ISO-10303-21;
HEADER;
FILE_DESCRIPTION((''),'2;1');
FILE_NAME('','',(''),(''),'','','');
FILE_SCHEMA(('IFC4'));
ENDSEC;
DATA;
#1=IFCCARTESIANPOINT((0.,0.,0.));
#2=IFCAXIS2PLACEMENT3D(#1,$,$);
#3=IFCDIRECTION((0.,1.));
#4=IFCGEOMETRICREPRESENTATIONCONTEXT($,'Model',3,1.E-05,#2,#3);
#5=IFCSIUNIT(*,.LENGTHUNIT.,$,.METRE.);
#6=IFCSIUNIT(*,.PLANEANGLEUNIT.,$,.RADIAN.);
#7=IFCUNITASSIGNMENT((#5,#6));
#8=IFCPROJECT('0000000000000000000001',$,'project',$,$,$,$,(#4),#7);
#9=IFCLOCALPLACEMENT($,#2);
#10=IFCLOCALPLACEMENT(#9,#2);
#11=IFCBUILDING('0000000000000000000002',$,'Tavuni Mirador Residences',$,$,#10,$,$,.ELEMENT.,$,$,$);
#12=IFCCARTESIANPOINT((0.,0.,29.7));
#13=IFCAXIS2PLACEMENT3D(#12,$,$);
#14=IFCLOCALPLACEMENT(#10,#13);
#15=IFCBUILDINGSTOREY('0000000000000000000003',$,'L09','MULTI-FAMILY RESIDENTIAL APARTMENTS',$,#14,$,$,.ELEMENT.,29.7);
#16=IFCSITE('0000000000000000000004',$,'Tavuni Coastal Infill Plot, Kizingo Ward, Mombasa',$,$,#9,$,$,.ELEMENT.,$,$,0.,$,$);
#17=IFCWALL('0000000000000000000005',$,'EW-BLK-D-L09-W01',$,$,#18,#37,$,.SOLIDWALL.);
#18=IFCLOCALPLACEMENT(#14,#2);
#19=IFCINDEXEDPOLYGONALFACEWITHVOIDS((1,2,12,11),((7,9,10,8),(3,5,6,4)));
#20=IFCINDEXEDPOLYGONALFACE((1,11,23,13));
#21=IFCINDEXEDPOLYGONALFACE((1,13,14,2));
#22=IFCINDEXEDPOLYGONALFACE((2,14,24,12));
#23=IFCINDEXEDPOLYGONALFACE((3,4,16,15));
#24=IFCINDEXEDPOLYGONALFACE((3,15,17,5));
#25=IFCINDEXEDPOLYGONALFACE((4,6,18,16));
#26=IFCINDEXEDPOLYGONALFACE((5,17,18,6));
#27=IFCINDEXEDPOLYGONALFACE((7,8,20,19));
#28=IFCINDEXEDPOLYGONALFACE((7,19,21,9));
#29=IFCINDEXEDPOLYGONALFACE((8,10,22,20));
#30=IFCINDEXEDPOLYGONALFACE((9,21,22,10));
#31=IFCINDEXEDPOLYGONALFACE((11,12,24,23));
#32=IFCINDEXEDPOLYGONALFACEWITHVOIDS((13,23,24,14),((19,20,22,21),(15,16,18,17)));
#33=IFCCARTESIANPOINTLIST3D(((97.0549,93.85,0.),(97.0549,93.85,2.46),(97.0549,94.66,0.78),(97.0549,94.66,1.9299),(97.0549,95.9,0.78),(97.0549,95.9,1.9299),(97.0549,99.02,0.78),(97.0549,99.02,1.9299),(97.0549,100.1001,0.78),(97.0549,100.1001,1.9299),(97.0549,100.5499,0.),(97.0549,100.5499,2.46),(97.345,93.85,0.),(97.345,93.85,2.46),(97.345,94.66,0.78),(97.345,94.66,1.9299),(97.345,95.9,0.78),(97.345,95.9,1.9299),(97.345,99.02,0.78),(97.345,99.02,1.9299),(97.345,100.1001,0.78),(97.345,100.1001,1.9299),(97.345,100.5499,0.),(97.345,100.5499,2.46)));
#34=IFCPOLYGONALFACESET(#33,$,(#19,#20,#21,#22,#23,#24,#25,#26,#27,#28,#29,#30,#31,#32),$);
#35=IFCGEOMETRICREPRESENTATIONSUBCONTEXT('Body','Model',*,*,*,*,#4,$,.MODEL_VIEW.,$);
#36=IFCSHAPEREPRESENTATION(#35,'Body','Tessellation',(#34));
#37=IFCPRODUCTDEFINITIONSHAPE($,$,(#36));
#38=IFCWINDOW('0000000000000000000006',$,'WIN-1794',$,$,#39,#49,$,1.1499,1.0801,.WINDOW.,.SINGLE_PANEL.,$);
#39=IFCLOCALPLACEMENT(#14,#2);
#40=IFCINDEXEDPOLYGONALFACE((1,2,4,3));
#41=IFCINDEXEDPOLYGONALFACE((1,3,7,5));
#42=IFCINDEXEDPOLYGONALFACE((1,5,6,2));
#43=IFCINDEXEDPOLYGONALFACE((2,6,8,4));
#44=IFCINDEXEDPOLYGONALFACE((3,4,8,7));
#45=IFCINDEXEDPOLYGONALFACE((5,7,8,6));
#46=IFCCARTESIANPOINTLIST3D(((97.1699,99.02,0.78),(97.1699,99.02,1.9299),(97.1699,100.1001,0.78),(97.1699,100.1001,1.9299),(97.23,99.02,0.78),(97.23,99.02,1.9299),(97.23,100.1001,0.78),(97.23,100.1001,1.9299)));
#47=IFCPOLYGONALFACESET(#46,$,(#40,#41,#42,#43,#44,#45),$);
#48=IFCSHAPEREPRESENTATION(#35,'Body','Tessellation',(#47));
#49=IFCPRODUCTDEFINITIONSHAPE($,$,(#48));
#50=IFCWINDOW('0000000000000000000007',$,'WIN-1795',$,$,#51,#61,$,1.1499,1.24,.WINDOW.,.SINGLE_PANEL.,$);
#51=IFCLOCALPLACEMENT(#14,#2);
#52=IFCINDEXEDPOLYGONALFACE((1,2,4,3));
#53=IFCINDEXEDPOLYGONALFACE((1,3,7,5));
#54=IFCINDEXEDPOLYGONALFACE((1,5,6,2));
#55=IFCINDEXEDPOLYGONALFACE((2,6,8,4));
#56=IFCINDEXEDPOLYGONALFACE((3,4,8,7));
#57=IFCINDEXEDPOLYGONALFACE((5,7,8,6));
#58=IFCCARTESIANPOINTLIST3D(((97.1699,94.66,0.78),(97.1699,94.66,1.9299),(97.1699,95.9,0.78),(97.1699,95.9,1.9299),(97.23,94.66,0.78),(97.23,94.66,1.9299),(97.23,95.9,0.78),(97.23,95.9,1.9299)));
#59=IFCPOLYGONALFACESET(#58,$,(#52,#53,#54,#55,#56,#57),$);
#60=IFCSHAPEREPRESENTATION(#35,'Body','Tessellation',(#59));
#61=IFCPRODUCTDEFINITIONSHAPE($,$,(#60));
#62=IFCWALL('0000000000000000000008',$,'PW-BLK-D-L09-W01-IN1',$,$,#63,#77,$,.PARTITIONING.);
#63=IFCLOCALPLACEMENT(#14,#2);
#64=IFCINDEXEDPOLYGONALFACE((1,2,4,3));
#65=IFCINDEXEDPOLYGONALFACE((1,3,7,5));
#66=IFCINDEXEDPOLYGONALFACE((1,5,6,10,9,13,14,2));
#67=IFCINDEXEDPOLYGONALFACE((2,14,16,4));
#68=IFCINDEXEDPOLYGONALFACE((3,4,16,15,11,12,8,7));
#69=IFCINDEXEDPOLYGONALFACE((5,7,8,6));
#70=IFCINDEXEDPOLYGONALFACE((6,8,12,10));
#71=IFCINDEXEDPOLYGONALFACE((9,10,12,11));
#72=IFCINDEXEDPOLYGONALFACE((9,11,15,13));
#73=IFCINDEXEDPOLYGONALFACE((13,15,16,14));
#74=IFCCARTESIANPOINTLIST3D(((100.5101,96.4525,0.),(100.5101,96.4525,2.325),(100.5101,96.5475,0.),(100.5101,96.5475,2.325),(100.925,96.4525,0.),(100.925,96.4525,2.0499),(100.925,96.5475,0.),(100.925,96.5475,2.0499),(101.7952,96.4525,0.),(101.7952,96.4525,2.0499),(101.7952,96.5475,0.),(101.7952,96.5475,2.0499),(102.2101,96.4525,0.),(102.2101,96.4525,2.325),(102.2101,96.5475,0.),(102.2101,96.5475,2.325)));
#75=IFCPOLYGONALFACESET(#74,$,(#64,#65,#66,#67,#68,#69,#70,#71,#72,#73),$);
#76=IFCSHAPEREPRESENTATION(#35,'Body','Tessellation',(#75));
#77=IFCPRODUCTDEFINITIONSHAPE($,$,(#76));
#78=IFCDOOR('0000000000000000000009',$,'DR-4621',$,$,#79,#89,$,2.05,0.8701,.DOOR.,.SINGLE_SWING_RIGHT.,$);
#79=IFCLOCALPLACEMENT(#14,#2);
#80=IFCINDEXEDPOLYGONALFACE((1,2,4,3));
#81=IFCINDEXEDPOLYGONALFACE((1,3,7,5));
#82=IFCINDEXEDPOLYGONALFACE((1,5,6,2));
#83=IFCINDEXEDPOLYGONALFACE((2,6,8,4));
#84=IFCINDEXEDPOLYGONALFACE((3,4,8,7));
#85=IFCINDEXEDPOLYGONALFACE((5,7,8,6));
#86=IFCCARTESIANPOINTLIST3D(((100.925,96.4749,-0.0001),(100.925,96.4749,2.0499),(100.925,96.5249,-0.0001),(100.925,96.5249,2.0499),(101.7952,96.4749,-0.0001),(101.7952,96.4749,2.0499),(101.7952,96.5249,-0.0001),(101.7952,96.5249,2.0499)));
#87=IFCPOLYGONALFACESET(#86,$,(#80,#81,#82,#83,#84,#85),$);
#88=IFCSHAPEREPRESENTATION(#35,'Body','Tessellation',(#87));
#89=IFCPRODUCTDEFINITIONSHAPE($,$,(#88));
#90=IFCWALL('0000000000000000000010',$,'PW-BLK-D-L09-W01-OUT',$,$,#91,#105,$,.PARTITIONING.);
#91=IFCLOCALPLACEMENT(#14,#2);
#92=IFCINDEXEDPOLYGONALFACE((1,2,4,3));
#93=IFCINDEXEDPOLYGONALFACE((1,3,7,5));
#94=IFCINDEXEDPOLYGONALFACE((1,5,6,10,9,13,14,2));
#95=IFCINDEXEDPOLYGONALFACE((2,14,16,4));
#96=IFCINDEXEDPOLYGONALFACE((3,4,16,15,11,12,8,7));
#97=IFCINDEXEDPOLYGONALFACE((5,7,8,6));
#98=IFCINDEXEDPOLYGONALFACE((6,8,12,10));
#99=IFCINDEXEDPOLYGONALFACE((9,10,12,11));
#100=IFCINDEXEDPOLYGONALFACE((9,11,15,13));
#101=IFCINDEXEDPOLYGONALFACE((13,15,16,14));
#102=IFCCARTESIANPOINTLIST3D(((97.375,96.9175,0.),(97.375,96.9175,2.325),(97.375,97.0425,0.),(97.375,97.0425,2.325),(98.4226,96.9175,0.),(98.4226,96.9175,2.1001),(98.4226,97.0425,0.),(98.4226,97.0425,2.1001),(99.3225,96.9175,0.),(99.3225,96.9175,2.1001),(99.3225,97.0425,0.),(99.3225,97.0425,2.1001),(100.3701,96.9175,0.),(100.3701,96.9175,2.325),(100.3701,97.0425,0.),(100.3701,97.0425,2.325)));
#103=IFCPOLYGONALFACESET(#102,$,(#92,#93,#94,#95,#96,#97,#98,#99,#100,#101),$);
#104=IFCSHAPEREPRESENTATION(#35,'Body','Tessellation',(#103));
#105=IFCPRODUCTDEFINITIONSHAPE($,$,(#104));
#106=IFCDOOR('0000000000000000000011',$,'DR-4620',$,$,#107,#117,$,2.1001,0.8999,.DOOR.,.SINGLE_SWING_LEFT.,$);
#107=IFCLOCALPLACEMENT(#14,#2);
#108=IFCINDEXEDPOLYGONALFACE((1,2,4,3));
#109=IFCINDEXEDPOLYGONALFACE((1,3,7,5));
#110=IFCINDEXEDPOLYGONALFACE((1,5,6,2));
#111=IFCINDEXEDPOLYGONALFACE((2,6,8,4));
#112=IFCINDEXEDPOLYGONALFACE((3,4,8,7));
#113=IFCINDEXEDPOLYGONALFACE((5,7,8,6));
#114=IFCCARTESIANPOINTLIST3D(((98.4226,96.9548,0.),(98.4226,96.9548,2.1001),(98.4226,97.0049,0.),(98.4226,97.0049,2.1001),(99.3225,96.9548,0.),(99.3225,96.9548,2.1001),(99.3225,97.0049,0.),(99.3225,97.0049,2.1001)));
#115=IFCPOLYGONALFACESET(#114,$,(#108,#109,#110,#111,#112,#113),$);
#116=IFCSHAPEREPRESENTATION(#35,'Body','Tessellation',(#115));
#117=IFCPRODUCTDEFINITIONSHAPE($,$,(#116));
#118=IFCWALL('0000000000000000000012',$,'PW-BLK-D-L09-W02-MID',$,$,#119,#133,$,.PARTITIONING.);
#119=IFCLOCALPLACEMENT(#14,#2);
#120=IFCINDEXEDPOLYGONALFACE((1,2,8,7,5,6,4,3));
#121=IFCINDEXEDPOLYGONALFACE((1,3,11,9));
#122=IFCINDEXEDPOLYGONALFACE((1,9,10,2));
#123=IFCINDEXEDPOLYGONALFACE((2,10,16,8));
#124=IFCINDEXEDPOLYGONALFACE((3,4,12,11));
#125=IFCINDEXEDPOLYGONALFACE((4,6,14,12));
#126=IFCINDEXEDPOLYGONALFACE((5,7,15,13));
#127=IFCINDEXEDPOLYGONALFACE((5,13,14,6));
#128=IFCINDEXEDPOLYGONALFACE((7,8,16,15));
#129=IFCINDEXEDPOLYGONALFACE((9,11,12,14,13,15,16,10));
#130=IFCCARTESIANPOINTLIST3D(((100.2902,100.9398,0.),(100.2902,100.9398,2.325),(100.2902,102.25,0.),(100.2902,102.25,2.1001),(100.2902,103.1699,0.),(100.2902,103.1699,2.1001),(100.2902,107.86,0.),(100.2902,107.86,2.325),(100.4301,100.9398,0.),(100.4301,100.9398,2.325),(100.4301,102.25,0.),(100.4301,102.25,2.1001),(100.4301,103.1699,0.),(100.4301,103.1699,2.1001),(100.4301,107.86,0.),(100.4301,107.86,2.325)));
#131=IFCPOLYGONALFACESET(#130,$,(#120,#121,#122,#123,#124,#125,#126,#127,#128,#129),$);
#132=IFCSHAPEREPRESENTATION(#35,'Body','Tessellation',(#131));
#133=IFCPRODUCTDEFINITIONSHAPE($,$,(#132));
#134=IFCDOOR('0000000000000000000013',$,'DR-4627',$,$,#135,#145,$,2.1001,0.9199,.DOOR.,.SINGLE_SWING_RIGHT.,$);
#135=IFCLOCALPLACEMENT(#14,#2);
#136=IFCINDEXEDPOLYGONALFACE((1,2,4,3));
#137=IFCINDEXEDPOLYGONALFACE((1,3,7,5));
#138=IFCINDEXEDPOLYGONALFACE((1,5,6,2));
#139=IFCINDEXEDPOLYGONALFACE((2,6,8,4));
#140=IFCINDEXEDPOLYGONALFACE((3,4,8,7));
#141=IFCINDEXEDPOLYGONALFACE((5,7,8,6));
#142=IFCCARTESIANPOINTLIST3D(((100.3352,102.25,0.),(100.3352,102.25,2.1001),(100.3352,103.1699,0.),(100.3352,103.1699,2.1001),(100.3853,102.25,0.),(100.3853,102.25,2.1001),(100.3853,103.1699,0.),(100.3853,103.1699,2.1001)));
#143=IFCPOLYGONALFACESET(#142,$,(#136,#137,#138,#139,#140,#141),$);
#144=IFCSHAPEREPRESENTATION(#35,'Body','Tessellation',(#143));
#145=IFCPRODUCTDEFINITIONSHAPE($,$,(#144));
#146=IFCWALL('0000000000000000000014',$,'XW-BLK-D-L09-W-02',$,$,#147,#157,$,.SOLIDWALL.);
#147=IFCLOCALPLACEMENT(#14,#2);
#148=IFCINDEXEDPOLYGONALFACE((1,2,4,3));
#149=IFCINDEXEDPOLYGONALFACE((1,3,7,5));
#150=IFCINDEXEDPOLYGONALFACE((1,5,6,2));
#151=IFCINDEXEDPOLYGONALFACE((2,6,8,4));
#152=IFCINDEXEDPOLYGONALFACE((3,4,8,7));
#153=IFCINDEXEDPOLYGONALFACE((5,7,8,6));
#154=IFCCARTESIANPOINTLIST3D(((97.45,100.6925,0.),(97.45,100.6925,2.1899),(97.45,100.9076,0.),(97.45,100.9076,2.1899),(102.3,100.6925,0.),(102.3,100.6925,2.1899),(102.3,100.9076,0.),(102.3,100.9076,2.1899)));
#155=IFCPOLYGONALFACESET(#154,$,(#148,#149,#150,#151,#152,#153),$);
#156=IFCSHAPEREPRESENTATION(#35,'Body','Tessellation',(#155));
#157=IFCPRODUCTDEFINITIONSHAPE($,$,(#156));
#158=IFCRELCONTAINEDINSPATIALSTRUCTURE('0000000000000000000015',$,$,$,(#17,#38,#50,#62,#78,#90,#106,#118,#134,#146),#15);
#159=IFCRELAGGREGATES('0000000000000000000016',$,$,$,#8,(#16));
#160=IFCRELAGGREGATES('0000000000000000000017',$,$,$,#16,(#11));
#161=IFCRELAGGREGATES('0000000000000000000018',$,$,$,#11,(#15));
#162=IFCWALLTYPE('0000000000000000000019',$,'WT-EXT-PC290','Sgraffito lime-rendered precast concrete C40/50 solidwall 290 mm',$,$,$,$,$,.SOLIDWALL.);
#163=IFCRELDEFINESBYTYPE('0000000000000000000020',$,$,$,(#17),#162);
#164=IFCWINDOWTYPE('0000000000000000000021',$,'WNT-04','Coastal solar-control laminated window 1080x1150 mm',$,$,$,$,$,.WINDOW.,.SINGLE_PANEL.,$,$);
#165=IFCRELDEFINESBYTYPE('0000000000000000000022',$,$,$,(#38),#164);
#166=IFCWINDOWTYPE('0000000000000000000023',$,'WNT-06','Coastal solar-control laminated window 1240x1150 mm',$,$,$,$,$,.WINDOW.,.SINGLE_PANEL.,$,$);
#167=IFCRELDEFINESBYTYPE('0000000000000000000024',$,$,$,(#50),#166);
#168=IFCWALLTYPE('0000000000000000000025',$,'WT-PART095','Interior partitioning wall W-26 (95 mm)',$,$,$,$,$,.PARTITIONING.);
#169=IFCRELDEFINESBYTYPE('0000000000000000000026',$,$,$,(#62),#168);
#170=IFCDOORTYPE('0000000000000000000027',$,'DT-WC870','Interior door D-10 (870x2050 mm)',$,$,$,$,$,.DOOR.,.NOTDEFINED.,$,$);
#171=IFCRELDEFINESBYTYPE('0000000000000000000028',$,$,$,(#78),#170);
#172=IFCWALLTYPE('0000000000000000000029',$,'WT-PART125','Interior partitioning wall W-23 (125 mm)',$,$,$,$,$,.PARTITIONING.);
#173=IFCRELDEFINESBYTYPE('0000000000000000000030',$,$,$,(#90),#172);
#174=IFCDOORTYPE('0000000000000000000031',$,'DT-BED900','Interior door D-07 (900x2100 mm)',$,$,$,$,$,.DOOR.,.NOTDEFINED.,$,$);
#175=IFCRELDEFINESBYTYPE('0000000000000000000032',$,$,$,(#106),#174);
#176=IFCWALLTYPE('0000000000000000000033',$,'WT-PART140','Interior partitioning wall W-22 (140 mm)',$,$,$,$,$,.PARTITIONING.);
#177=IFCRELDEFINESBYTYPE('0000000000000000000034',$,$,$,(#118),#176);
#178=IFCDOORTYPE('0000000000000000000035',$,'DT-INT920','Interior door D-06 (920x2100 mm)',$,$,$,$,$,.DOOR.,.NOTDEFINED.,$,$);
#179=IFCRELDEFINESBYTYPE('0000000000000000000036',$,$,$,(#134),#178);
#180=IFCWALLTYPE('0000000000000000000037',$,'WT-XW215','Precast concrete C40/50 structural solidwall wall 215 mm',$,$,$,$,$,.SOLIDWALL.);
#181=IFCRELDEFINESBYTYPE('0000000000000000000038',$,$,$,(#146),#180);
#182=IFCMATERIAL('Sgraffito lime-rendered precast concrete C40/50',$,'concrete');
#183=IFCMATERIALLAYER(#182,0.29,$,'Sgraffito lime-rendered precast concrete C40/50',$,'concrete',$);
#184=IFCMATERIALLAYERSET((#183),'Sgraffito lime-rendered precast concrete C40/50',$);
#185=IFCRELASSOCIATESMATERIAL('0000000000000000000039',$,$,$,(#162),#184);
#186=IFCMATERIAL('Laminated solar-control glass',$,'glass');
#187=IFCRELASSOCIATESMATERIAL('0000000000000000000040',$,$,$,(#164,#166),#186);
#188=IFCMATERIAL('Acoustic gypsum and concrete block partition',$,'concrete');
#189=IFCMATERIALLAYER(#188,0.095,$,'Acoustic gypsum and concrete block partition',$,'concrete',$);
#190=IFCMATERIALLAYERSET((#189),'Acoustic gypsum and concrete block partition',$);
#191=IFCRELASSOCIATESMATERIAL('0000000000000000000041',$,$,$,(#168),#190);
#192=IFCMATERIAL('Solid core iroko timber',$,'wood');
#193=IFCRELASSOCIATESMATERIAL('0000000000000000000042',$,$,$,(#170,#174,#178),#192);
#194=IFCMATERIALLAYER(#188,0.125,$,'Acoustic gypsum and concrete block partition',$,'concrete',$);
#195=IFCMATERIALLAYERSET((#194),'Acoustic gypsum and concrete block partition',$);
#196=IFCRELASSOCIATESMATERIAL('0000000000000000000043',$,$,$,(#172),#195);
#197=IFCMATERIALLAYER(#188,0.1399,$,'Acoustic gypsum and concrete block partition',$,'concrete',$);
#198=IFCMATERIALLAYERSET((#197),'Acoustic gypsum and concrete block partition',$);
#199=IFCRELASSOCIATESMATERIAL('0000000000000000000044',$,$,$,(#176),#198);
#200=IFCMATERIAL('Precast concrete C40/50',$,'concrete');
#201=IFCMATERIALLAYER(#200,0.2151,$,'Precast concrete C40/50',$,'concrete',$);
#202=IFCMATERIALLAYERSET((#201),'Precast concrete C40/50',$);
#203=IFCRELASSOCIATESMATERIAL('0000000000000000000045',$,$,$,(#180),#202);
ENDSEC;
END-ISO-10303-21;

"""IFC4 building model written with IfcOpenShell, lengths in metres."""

from ifc_helpers import new_model, si_unit, direction, frame, frame_2d, origin, place, context, subcontext, project, spatial, rectangle, extrude, material, layer, layer_set, type_object, element, fill, save


model = new_model("IFC4")

# Units and contexts
model_context = context("Model", 3, precision=1e-05, world=origin(), true_north=direction((0.0, 1.0)))
body_context = subcontext(model_context, "Body", "Model", "MODEL_VIEW")
ifc_project = project(units=[si_unit("LENGTHUNIT", "METRE"), si_unit("PLANEANGLEUNIT", "RADIAN")], contexts=[model_context])

# Site, building, storey
site_placement = place(None, origin())
site = spatial("IfcSite", under=ifc_project, at=site_placement, Name="Tavuni Coastal Infill Plot, Kizingo Ward, Mombasa", CompositionType="ELEMENT", RefElevation=0.0)
building_placement = place(site_placement, origin())
building = spatial("IfcBuilding", under=site, at=building_placement, Name="Tavuni Mirador Residences", CompositionType="ELEMENT")
storey_placement = place(building_placement, frame((0.0, 0.0, 29.7)))
storey = spatial("IfcBuildingStorey", under=building, at=storey_placement, Name="L09", Description="MULTI-FAMILY RESIDENTIAL APARTMENTS", CompositionType="ELEMENT", Elevation=29.7)

# Shared definitions
ifc_material_1 = material(Name="Precast concrete C40/50", Category="concrete")

# Shared definitions
ifc_material_2 = material(Name="Solid core iroko timber", Category="wood")

# Wall, openings, windows
ifc_material_3 = material(Name="Sgraffito lime-rendered precast concrete C40/50", Category="concrete")
ifc_layer_1 = layer(ifc_material_3, 0.29, Name="Sgraffito lime-rendered precast concrete C40/50", Category="concrete")
ifc_layer_set_1 = layer_set([ifc_layer_1], Name="Sgraffito lime-rendered precast concrete C40/50")
wall_type_1 = type_object("IfcWallType", Name="WT-EXT-PC290", Description="Sgraffito lime-rendered precast concrete C40/50 solidwall 290 mm", PredefinedType="SOLIDWALL", material=ifc_layer_set_1)
wall_1_placement = place(storey_placement, frame((97.2, 100.55, 0.0), z_axis=(0.0, 0.0, 1.0), x_axis=(0.0, -1.0, 0.0)))
wall_1 = element("IfcWall", 1, at=wall_1_placement, inside=storey, type_object=wall_type_1, Name="EW-BLK-D-L09-W01", PredefinedType="SOLIDWALL", context=body_context, shape_type="SweptSolid", body=[
    extrude(rectangle(XDim=6.7, YDim=0.29, at=frame_2d((3.3501, 0.0))), origin(), (0.0, 0.0, 1.0), 2.46),
])
opening_1_placement = place(wall_1_placement, frame((0.45, 0.0, 0.78)))
opening_1 = element("IfcOpeningElement", 2, at=opening_1_placement, cuts=wall_1, PredefinedType="OPENING", context=body_context, shape_type="SweptSolid", body=[
    extrude(rectangle(XDim=1.0801, YDim=1.1499, at=frame_2d((0.54, 0.575))), frame((0.0, 0.155, 0.0), z_axis=(0.0, -1.0, 0.0), x_axis=(1.0, 0.0, 0.0)), (0.0, 0.0, 1.0), 0.3101),
])
opening_2_placement = place(wall_1_placement, frame((4.6499, 0.0, 0.78)))
opening_2 = element("IfcOpeningElement", 3, at=opening_2_placement, cuts=wall_1, PredefinedType="OPENING", context=body_context, shape_type="SweptSolid", body=[
    extrude(rectangle(XDim=1.24, YDim=1.1499, at=frame_2d((0.6201, 0.575))), frame((0.0, 0.155, 0.0), z_axis=(0.0, -1.0, 0.0), x_axis=(1.0, 0.0, 0.0)), (0.0, 0.0, 1.0), 0.3101),
])
ifc_material_4 = material(Name="Laminated solar-control glass", Category="glass")
window_type_1 = type_object("IfcWindowType", Name="WNT-04", Description="Coastal solar-control laminated window 1080x1150 mm", PartitioningType="SINGLE_PANEL", PredefinedType="WINDOW", material=ifc_material_4)
window_1_placement = place(opening_1_placement, origin())
window_1 = element("IfcWindow", 4, at=window_1_placement, inside=storey, type_object=window_type_1, Name="WIN-1794", OverallHeight=1.1499, OverallWidth=1.0801, PartitioningType="SINGLE_PANEL", PredefinedType="WINDOW", context=body_context, shape_type="SweptSolid", body=[
    extrude(rectangle(XDim=1.0801, YDim=1.1499, at=frame_2d((0.54, 0.575))), frame((0.0, 0.03, 0.0), z_axis=(0.0, -1.0, 0.0), x_axis=(1.0, 0.0, 0.0)), (0.0, 0.0, 1.0), 0.0601),
])
fill(opening_1, window_1)
window_type_2 = type_object("IfcWindowType", Name="WNT-06", Description="Coastal solar-control laminated window 1240x1150 mm", PartitioningType="SINGLE_PANEL", PredefinedType="WINDOW", material=ifc_material_4)
window_2_placement = place(opening_2_placement, origin())
window_2 = element("IfcWindow", 5, at=window_2_placement, inside=storey, type_object=window_type_2, Name="WIN-1795", OverallHeight=1.1499, OverallWidth=1.24, PartitioningType="SINGLE_PANEL", PredefinedType="WINDOW", context=body_context, shape_type="SweptSolid", body=[
    extrude(rectangle(XDim=1.24, YDim=1.1499, at=frame_2d((0.6201, 0.575))), frame((0.0, 0.03, 0.0), z_axis=(0.0, -1.0, 0.0), x_axis=(1.0, 0.0, 0.0)), (0.0, 0.0, 1.0), 0.0601),
])
fill(opening_2, window_2)

# Walls, openings, doors
ifc_material_5 = material(Name="Acoustic gypsum and concrete block partition", Category="concrete")
ifc_layer_2 = layer(ifc_material_5, 0.095, Name="Acoustic gypsum and concrete block partition", Category="concrete")
ifc_layer_set_2 = layer_set([ifc_layer_2], Name="Acoustic gypsum and concrete block partition")
wall_type_2 = type_object("IfcWallType", Name="WT-PART095", Description="Interior partitioning wall W-26 (95 mm)", PredefinedType="PARTITIONING", material=ifc_layer_set_2)
wall_2_placement = place(storey_placement, frame((100.51, 96.5, 0.0), z_axis=(0.0, 0.0, 1.0), x_axis=(1.0, 0.0, 0.0)))
wall_2 = element("IfcWall", 6, at=wall_2_placement, inside=storey, type_object=wall_type_2, Name="PW-BLK-D-L09-W01-IN1", PredefinedType="PARTITIONING", context=body_context, shape_type="SweptSolid", body=[
    extrude(rectangle(XDim=1.7, YDim=0.095, at=frame_2d((0.8501, 0.0))), origin(), (0.0, 0.0, 1.0), 2.325),
])
opening_3_placement = place(wall_2_placement, frame((0.415, 0.0, 0.0)))
opening_3 = element("IfcOpeningElement", 7, at=opening_3_placement, cuts=wall_2, PredefinedType="OPENING", context=body_context, shape_type="SweptSolid", body=[
    extrude(rectangle(XDim=0.8701, YDim=2.05, at=frame_2d((0.4351, 1.0249))), frame((0.0, 0.0576, 0.0), z_axis=(0.0, -1.0, 0.0), x_axis=(1.0, 0.0, 0.0)), (0.0, 0.0, 1.0), 0.115),
])
door_type_1 = type_object("IfcDoorType", Name="DT-WC870", Description="Interior door D-10 (870x2050 mm)", OperationType="NOTDEFINED", PredefinedType="DOOR", material=ifc_material_2)
door_1_placement = place(opening_3_placement, origin())
door_1 = element("IfcDoor", 8, at=door_1_placement, inside=storey, type_object=door_type_1, Name="DR-4621", OperationType="SINGLE_SWING_RIGHT", OverallHeight=2.05, OverallWidth=0.8701, PredefinedType="DOOR", context=body_context, shape_type="SweptSolid", body=[
    extrude(rectangle(XDim=0.8701, YDim=2.05, at=frame_2d((0.4351, 1.0249))), frame((0.0, 0.0249, 0.0), z_axis=(0.0, -1.0, 0.0), x_axis=(1.0, 0.0, 0.0)), (0.0, 0.0, 1.0), 0.05),
])
fill(opening_3, door_1)
ifc_layer_3 = layer(ifc_material_5, 0.125, Name="Acoustic gypsum and concrete block partition", Category="concrete")
ifc_layer_set_3 = layer_set([ifc_layer_3], Name="Acoustic gypsum and concrete block partition")
wall_type_3 = type_object("IfcWallType", Name="WT-PART125", Description="Interior partitioning wall W-23 (125 mm)", PredefinedType="PARTITIONING", material=ifc_layer_set_3)
wall_3_placement = place(storey_placement, frame((97.375, 96.98, 0.0), z_axis=(0.0, 0.0, 1.0), x_axis=(1.0, 0.0, 0.0)))
wall_3 = element("IfcWall", 9, at=wall_3_placement, inside=storey, type_object=wall_type_3, Name="PW-BLK-D-L09-W01-OUT", PredefinedType="PARTITIONING", context=body_context, shape_type="SweptSolid", body=[
    extrude(rectangle(XDim=2.9951, YDim=0.125, at=frame_2d((1.4976, 0.0))), origin(), (0.0, 0.0, 1.0), 2.325),
])
opening_4_placement = place(wall_3_placement, frame((1.0476, 0.0, 0.0)))
opening_4 = element("IfcOpeningElement", 10, at=opening_4_placement, cuts=wall_3, PredefinedType="OPENING", context=body_context, shape_type="SweptSolid", body=[
    extrude(rectangle(XDim=0.8999, YDim=2.1001, at=frame_2d((0.45, 1.05))), frame((0.0, 0.0725, 0.0), z_axis=(0.0, -1.0, 0.0), x_axis=(1.0, 0.0, 0.0)), (0.0, 0.0, 1.0), 0.145),
])
door_type_2 = type_object("IfcDoorType", Name="DT-BED900", Description="Interior door D-07 (900x2100 mm)", OperationType="NOTDEFINED", PredefinedType="DOOR", material=ifc_material_2)
door_2_placement = place(opening_4_placement, origin())
door_2 = element("IfcDoor", 11, at=door_2_placement, inside=storey, type_object=door_type_2, Name="DR-4620", OperationType="SINGLE_SWING_LEFT", OverallHeight=2.1001, OverallWidth=0.8999, PredefinedType="DOOR", context=body_context, shape_type="SweptSolid", body=[
    extrude(rectangle(XDim=0.8999, YDim=2.1001, at=frame_2d((0.45, 1.05))), frame((0.0, 0.0249, 0.0), z_axis=(0.0, -1.0, 0.0), x_axis=(1.0, 0.0, 0.0)), (0.0, 0.0, 1.0), 0.05),
])
fill(opening_4, door_2)
ifc_layer_4 = layer(ifc_material_5, 0.1399, Name="Acoustic gypsum and concrete block partition", Category="concrete")
ifc_layer_set_4 = layer_set([ifc_layer_4], Name="Acoustic gypsum and concrete block partition")
wall_type_4 = type_object("IfcWallType", Name="WT-PART140", Description="Interior partitioning wall W-22 (140 mm)", PredefinedType="PARTITIONING", material=ifc_layer_set_4)
wall_4_placement = place(storey_placement, frame((100.3601, 100.9399, 0.0), z_axis=(0.0, 0.0, 1.0), x_axis=(0.0, 1.0, 0.0)))
wall_4 = element("IfcWall", 12, at=wall_4_placement, inside=storey, type_object=wall_type_4, Name="PW-BLK-D-L09-W02-MID", PredefinedType="PARTITIONING", context=body_context, shape_type="SweptSolid", body=[
    extrude(rectangle(XDim=6.9202, YDim=0.1399, at=frame_2d((3.46, 0.0))), origin(), (0.0, 0.0, 1.0), 2.325),
])
opening_5_placement = place(wall_4_placement, frame((1.3101, 0.0, 0.0)))
opening_5 = element("IfcOpeningElement", 13, at=opening_5_placement, cuts=wall_4, PredefinedType="OPENING", context=body_context, shape_type="SweptSolid", body=[
    extrude(rectangle(XDim=0.9199, YDim=2.1001, at=frame_2d((0.46, 1.05))), frame((0.0, 0.0801, 0.0), z_axis=(0.0, -1.0, 0.0), x_axis=(1.0, 0.0, 0.0)), (0.0, 0.0, 1.0), 0.1599),
])
door_type_3 = type_object("IfcDoorType", Name="DT-INT920", Description="Interior door D-06 (920x2100 mm)", OperationType="NOTDEFINED", PredefinedType="DOOR", material=ifc_material_2)
door_3_placement = place(opening_5_placement, origin())
door_3 = element("IfcDoor", 14, at=door_3_placement, inside=storey, type_object=door_type_3, Name="DR-4627", OperationType="SINGLE_SWING_RIGHT", OverallHeight=2.1001, OverallWidth=0.9199, PredefinedType="DOOR", context=body_context, shape_type="SweptSolid", body=[
    extrude(rectangle(XDim=0.9199, YDim=2.1001, at=frame_2d((0.46, 1.05))), frame((0.0, 0.0249, 0.0), z_axis=(0.0, -1.0, 0.0), x_axis=(1.0, 0.0, 0.0)), (0.0, 0.0, 1.0), 0.05),
])
fill(opening_5, door_3)

# Wall
ifc_layer_5 = layer(ifc_material_1, 0.2151, Name="Precast concrete C40/50", Category="concrete")
ifc_layer_set_5 = layer_set([ifc_layer_5], Name="Precast concrete C40/50")
wall_type_5 = type_object("IfcWallType", Name="WT-XW215", Description="Precast concrete C40/50 structural solidwall wall 215 mm", PredefinedType="SOLIDWALL", material=ifc_layer_set_5)
wall_5_placement = place(storey_placement, frame((97.45, 100.8, 0.0), z_axis=(0.0, 0.0, 1.0), x_axis=(1.0, 0.0, 0.0)))
element("IfcWall", 15, at=wall_5_placement, inside=storey, type_object=wall_type_5, Name="XW-BLK-D-L09-W-02", PredefinedType="SOLIDWALL", context=body_context, shape_type="SweptSolid", body=[
    extrude(rectangle(XDim=4.8501, YDim=0.2151, at=frame_2d((2.425, 0.0))), origin(), (0.0, 0.0, 1.0), 2.1899),
])

save(model, "model.ifc")
